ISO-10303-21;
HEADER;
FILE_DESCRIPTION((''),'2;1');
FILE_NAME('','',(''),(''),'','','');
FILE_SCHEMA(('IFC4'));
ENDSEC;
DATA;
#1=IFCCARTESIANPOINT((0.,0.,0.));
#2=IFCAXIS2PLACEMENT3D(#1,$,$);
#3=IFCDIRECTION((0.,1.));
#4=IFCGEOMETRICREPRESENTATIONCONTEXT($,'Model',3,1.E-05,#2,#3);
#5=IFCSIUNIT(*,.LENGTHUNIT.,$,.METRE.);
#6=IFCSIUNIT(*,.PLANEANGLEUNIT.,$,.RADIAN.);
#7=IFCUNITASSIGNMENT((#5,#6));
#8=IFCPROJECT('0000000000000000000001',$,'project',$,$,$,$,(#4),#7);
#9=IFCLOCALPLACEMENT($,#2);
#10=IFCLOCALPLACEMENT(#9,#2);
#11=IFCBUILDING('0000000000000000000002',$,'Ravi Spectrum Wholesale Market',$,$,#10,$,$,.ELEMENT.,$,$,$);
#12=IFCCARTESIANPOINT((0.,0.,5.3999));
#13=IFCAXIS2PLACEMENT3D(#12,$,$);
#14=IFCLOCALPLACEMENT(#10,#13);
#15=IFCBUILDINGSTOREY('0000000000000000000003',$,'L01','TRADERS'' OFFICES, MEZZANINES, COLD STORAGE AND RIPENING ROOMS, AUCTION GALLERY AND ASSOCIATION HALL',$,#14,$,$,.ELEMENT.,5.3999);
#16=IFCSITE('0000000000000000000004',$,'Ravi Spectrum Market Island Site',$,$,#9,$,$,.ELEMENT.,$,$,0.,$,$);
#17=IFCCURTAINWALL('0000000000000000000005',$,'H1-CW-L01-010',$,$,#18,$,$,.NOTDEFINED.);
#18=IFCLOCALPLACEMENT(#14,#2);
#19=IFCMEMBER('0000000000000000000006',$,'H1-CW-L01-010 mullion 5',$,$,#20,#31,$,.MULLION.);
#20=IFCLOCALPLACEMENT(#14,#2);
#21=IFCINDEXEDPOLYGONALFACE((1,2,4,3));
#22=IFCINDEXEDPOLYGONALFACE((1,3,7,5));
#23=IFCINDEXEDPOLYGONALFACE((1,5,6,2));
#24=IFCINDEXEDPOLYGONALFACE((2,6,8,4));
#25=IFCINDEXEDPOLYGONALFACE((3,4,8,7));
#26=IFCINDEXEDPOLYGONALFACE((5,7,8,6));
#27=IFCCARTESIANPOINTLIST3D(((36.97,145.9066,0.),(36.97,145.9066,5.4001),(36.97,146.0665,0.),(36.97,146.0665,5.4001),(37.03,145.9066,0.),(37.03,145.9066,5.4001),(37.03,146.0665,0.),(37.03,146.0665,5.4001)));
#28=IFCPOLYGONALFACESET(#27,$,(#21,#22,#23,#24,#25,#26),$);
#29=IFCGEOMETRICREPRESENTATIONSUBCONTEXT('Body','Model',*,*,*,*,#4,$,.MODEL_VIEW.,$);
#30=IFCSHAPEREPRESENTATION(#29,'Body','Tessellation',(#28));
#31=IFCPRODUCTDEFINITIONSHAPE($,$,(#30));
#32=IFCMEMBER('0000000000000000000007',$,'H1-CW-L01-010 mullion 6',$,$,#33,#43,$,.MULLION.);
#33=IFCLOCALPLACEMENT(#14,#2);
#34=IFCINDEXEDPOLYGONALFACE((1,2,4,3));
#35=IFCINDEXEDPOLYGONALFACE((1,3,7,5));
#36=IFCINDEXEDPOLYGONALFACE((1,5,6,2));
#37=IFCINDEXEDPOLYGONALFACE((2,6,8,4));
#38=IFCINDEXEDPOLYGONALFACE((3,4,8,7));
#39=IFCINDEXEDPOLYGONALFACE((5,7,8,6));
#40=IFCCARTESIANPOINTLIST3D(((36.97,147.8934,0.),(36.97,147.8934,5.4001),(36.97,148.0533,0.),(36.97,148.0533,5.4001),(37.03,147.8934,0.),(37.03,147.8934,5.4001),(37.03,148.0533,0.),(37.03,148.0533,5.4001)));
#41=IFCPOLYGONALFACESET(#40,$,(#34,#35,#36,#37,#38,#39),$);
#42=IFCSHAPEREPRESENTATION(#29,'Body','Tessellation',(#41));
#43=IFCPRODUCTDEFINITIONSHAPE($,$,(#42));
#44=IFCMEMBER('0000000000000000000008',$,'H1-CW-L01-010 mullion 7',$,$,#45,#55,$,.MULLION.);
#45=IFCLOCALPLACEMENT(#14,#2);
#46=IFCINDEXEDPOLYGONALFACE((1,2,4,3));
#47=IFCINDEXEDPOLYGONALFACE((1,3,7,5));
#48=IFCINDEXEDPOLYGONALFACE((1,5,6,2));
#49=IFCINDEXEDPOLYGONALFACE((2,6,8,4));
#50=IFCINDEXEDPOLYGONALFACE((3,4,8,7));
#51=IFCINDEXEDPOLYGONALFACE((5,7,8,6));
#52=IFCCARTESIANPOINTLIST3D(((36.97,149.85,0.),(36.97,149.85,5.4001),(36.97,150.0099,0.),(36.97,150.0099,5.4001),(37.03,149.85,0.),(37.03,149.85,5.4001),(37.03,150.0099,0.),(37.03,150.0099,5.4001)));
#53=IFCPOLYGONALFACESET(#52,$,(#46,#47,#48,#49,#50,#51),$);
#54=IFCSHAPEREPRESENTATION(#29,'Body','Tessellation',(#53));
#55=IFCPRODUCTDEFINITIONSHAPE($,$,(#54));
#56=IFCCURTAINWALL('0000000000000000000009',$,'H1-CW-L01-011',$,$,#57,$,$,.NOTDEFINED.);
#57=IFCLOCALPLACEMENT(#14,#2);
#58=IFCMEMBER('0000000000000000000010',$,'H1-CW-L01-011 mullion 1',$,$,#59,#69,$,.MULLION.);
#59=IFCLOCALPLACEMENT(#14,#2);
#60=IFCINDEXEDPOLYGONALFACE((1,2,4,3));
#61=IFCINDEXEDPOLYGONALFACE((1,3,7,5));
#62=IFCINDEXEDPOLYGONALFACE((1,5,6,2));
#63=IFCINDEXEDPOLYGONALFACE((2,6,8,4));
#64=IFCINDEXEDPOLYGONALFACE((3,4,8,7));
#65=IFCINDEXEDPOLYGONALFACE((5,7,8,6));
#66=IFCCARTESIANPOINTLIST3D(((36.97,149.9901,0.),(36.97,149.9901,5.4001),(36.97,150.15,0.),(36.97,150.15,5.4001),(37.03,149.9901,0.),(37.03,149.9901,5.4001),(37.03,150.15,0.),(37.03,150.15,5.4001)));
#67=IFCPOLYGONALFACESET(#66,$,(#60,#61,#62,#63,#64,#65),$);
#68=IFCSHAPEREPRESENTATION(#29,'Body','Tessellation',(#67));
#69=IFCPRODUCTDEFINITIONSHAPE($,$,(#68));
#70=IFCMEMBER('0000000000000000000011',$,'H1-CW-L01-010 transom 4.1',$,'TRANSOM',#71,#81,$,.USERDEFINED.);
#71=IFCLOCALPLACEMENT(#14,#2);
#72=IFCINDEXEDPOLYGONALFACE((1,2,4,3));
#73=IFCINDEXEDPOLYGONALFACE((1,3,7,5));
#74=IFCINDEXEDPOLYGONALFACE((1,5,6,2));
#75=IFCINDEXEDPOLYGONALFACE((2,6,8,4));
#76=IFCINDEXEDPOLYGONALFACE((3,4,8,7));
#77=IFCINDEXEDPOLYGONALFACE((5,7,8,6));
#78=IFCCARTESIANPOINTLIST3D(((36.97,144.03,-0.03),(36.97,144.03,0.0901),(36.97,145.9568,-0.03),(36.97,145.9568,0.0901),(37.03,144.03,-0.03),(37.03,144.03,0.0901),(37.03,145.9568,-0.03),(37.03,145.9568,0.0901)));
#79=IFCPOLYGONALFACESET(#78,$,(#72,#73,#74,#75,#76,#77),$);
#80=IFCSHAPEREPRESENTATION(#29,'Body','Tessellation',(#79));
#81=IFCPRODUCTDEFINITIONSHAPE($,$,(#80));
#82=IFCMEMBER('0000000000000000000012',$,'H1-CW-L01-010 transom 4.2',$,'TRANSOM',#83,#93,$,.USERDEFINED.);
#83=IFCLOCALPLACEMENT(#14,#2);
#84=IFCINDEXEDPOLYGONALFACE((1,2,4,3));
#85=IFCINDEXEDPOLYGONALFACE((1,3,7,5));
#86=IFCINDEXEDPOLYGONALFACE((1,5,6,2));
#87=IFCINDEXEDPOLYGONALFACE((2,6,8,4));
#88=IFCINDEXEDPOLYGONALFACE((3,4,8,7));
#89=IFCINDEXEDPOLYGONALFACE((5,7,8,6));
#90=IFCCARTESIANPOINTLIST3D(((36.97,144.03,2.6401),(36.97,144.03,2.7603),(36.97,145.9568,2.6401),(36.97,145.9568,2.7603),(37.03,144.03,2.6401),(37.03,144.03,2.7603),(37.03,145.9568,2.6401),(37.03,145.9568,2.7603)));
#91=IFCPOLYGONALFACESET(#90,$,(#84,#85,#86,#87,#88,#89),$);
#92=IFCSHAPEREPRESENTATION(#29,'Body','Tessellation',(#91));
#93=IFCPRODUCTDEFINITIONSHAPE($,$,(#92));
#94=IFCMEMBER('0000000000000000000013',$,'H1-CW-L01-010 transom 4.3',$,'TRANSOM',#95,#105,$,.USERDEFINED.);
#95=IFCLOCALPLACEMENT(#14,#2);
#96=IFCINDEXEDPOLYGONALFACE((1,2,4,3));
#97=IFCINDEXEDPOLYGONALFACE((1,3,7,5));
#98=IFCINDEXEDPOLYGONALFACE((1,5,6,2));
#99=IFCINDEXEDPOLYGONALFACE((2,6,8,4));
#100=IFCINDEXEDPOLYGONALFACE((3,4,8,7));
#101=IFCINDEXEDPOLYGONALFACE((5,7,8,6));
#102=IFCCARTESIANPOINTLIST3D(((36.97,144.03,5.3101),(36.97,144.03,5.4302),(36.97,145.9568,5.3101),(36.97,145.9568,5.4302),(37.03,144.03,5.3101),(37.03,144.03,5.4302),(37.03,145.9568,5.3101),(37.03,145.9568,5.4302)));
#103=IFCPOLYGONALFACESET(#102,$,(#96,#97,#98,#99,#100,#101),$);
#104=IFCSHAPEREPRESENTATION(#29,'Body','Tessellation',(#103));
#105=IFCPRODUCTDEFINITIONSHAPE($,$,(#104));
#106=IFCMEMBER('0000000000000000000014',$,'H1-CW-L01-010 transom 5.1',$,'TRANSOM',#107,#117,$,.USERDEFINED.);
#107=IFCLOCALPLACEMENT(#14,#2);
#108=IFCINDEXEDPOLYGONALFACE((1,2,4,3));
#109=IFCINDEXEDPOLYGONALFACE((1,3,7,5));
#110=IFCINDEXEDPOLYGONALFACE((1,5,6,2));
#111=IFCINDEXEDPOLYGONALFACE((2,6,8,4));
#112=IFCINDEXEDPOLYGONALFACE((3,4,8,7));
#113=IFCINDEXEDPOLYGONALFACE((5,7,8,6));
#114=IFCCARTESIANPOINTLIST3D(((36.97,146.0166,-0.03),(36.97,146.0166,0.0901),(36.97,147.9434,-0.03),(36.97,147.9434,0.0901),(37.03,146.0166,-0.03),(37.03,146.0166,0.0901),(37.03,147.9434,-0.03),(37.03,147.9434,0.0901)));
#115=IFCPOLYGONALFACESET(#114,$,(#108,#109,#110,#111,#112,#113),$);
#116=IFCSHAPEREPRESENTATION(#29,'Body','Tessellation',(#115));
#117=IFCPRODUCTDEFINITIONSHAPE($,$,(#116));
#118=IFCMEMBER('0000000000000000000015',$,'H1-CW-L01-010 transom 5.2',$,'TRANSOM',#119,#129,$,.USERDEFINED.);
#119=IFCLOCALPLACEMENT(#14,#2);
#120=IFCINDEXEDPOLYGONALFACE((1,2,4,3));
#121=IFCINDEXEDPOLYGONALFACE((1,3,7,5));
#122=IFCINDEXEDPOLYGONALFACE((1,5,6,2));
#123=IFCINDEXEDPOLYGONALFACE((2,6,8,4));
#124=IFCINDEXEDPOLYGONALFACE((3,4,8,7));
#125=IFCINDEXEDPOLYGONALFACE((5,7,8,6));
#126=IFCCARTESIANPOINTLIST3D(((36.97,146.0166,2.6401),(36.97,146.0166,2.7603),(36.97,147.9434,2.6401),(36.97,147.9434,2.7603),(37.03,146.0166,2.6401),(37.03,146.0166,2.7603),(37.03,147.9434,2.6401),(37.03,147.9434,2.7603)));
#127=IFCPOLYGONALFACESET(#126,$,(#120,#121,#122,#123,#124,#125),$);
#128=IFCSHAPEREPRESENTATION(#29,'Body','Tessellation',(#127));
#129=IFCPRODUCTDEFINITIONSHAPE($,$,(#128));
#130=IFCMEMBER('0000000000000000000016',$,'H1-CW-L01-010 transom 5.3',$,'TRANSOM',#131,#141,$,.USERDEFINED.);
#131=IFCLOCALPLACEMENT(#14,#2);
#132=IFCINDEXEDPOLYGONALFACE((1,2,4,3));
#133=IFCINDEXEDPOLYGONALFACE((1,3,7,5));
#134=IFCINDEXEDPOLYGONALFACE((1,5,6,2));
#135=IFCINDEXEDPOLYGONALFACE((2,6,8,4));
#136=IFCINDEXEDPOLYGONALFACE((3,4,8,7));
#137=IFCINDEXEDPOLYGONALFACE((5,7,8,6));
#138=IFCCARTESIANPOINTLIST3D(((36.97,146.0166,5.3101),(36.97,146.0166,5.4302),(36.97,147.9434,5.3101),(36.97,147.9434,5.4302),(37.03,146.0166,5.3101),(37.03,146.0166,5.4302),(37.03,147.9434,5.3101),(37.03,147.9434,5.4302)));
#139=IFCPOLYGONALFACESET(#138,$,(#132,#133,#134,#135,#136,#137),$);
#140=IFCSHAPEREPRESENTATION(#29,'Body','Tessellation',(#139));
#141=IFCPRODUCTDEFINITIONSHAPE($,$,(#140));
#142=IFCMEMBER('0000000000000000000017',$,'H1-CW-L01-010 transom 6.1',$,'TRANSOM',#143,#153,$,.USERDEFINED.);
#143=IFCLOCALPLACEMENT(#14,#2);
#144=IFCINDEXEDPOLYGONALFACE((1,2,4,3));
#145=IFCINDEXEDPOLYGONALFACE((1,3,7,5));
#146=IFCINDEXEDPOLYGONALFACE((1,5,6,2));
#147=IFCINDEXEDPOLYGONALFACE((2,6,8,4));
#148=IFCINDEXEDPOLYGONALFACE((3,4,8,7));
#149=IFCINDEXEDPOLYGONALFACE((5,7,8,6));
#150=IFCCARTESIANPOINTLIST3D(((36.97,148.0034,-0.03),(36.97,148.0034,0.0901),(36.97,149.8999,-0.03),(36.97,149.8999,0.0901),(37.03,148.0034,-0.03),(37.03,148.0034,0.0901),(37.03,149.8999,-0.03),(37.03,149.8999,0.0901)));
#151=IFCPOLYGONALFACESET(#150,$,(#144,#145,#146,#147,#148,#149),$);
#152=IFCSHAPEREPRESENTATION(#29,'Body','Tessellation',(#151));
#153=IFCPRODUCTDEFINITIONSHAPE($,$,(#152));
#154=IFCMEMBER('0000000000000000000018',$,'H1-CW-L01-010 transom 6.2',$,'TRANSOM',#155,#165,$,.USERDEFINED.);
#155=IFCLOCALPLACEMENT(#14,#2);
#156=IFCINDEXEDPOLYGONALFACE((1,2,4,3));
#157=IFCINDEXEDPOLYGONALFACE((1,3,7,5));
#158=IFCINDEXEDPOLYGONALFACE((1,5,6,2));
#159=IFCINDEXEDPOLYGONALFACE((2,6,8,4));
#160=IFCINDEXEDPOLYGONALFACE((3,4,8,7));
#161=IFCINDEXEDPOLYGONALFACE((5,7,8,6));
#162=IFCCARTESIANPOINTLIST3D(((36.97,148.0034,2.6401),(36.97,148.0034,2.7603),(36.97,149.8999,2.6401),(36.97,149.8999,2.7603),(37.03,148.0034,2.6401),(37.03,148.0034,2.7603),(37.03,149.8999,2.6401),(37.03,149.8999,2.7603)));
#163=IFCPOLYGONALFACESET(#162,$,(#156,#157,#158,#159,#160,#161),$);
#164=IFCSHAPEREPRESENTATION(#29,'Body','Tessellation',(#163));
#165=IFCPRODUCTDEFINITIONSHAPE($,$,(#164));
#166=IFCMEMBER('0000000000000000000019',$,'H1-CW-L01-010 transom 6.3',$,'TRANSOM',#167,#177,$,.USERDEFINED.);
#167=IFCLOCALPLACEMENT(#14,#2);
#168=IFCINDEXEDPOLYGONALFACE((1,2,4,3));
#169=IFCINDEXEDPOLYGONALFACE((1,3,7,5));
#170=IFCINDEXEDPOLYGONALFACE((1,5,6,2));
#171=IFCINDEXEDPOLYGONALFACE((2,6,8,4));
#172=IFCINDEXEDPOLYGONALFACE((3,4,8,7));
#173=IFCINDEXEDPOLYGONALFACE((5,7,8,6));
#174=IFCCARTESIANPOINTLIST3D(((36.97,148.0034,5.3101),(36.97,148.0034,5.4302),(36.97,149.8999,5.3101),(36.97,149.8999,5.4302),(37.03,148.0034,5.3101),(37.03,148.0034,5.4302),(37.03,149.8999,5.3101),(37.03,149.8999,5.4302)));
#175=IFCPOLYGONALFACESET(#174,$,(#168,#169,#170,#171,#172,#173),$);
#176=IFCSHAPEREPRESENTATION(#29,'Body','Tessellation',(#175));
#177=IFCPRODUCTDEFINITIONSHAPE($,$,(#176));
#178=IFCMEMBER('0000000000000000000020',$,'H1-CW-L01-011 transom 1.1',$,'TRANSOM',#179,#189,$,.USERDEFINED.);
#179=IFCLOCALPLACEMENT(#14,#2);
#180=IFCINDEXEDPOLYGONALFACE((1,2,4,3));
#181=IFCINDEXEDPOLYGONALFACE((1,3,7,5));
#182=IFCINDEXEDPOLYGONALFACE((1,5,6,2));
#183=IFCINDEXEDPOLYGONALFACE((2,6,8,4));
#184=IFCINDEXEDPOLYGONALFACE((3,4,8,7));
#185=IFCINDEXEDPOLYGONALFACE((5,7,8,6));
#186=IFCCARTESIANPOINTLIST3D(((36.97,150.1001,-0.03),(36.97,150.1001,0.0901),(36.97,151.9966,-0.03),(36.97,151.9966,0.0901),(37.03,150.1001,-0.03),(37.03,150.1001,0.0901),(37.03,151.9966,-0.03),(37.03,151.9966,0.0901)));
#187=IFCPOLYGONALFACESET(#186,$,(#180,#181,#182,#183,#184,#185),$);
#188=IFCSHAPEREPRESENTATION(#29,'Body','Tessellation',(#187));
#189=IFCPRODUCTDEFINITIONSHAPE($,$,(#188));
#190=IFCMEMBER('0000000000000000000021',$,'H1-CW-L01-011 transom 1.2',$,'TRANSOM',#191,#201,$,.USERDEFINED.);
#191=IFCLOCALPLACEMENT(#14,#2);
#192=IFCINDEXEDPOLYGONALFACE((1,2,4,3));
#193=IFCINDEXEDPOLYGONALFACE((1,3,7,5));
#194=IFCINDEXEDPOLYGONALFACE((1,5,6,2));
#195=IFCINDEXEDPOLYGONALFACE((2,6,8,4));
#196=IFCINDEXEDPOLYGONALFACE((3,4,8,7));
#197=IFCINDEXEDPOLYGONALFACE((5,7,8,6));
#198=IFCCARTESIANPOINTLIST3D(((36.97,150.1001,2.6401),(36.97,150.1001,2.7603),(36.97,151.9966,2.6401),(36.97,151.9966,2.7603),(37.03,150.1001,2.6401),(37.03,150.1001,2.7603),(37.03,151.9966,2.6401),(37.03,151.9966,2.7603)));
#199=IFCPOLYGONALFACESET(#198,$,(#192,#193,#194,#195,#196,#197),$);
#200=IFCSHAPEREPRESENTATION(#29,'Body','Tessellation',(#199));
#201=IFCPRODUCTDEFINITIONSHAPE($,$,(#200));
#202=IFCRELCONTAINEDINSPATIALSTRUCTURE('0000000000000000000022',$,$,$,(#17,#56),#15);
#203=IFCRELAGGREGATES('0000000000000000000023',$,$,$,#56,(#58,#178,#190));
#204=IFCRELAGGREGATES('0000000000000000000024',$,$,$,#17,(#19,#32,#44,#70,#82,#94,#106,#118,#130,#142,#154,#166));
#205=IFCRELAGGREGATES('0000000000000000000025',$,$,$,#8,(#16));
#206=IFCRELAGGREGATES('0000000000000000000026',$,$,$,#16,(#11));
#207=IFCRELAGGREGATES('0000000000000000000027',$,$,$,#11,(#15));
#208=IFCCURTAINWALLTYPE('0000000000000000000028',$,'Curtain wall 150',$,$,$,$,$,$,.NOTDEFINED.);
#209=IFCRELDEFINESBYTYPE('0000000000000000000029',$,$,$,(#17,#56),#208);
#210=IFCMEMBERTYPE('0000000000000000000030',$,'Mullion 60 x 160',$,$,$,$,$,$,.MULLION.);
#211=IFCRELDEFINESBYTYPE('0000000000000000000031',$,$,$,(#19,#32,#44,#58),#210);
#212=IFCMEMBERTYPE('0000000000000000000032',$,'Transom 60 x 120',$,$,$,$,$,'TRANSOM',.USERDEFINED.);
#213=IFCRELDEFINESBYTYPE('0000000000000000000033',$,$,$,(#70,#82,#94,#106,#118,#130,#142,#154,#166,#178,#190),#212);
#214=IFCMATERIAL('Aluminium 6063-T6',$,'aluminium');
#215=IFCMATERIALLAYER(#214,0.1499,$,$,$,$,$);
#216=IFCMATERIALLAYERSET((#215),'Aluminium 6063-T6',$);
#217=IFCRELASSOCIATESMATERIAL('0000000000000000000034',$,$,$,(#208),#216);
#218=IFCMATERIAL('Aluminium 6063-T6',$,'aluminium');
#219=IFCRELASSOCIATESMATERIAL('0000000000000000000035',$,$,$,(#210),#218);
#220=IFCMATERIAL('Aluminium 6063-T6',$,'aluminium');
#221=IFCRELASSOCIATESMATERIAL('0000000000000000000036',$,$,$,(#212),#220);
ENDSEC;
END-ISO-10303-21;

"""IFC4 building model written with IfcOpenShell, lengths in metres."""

from ifc_helpers import new_model, si_unit, direction, frame, origin, origin_2d, place, context, subcontext, project, spatial, rectangle, extrude, material, layer, layer_set, material_profile, profile_set, type_object, element, aggregate, save


model = new_model("IFC4")

# Units and contexts
model_context = context("Model", 3, precision=1e-05, world=origin(), true_north=direction((0.0, 1.0)))
body_context = subcontext(model_context, "Body", "Model", "MODEL_VIEW")
ifc_project = project(units=[si_unit("LENGTHUNIT", "METRE"), si_unit("PLANEANGLEUNIT", "RADIAN")], contexts=[model_context])

# Site, building, storey
site_placement = place(None, origin())
site = spatial("IfcSite", under=ifc_project, at=site_placement, Name="Ravi Spectrum Market Island Site", CompositionType="ELEMENT", RefElevation=0.0)
building_placement = place(site_placement, origin())
building = spatial("IfcBuilding", under=site, at=building_placement, Name="Ravi Spectrum Wholesale Market", CompositionType="ELEMENT")
storey_placement = place(building_placement, frame((0.0, 0.0, 5.3999)))
storey = spatial("IfcBuildingStorey", under=building, at=storey_placement, Name="L01", Description="TRADERS' OFFICES, MEZZANINES, COLD STORAGE AND RIPENING ROOMS, AUCTION GALLERY AND ASSOCIATION HALL", CompositionType="ELEMENT", Elevation=5.3999)

# Curtain wall, members
ifc_material_1 = material(Name="Aluminium 6063-T6", Category="aluminium")
ifc_layer_1 = layer(ifc_material_1, 0.1499)
ifc_layer_set_1 = layer_set([ifc_layer_1], Name="Aluminium 6063-T6")
curtain_wall_type = type_object("IfcCurtainWallType", Name="Curtain wall 150", PredefinedType="NOTDEFINED", material=ifc_layer_set_1)
curtain_wall_1_placement = place(storey_placement, origin())
curtain_wall_1 = element("IfcCurtainWall", 1, at=curtain_wall_1_placement, inside=storey, type_object=curtain_wall_type, Name="H1-CW-L01-010", PredefinedType="NOTDEFINED")
ifc_material_2 = material(Name="Aluminium 6063-T6", Category="aluminium")
ifc_material_profile_1 = material_profile(ifc_material_2, rectangle(XDim=0.0601, YDim=0.1599, at=origin_2d()))
ifc_profile_set_1 = profile_set([ifc_material_profile_1], Name="Aluminium 6063-T6")
member_type_1 = type_object("IfcMemberType", Name="Mullion 60 x 160", PredefinedType="MULLION", material=ifc_profile_set_1)
member_1_placement = place(storey_placement, frame((37.0, 145.9866, 0.0), z_axis=(0.0, 0.0, 1.0), x_axis=(-1.0, 0.0, 0.0)))
member_1 = element("IfcMember", 2, at=member_1_placement, type_object=member_type_1, Name="H1-CW-L01-010 mullion 5", PredefinedType="MULLION", context=body_context, shape_type="SweptSolid", body=[
    extrude(rectangle(XDim=0.0601, YDim=0.1599, at=origin_2d()), origin(), (0.0, 0.0, 1.0), 5.4001),
])
member_2_placement = place(storey_placement, frame((37.0, 147.9734, 0.0), z_axis=(0.0, 0.0, 1.0), x_axis=(-1.0, 0.0, 0.0)))
member_2 = element("IfcMember", 3, at=member_2_placement, type_object=member_type_1, Name="H1-CW-L01-010 mullion 6", PredefinedType="MULLION", context=body_context, shape_type="SweptSolid", body=[
    extrude(rectangle(XDim=0.0601, YDim=0.1599, at=origin_2d()), origin(), (0.0, 0.0, 1.0), 5.4001),
])
member_3_placement = place(storey_placement, frame((37.0, 149.9299, 0.0), z_axis=(0.0, 0.0, 1.0), x_axis=(-1.0, 0.0, 0.0)))
member_3 = element("IfcMember", 4, at=member_3_placement, type_object=member_type_1, Name="H1-CW-L01-010 mullion 7", PredefinedType="MULLION", context=body_context, shape_type="SweptSolid", body=[
    extrude(rectangle(XDim=0.0601, YDim=0.1599, at=origin_2d()), origin(), (0.0, 0.0, 1.0), 5.4001),
])

# Curtain wall, member
curtain_wall_2_placement = place(storey_placement, origin())
curtain_wall_2 = element("IfcCurtainWall", 5, at=curtain_wall_2_placement, inside=storey, type_object=curtain_wall_type, Name="H1-CW-L01-011", PredefinedType="NOTDEFINED")
member_4_placement = place(storey_placement, frame((37.0, 150.0701, 0.0), z_axis=(0.0, 0.0, 1.0), x_axis=(-1.0, 0.0, 0.0)))
member_4 = element("IfcMember", 6, at=member_4_placement, type_object=member_type_1, Name="H1-CW-L01-011 mullion 1", PredefinedType="MULLION", context=body_context, shape_type="SweptSolid", body=[
    extrude(rectangle(XDim=0.0601, YDim=0.1599, at=origin_2d()), origin(), (0.0, 0.0, 1.0), 5.4001),
])

# Members
ifc_material_3 = material(Name="Aluminium 6063-T6", Category="aluminium")
ifc_material_profile_2 = material_profile(ifc_material_3, rectangle(XDim=0.0601, YDim=0.1201, at=origin_2d()))
ifc_profile_set_2 = profile_set([ifc_material_profile_2], Name="Aluminium 6063-T6")
member_type_2 = type_object("IfcMemberType", Name="Transom 60 x 120", ElementType="TRANSOM", PredefinedType="USERDEFINED", material=ifc_profile_set_2)
member_5_placement = place(storey_placement, frame((37.0, 144.03, 0.03), z_axis=(0.0, 1.0, 0.0), x_axis=(-1.0, 0.0, 0.0)))
member_5 = element("IfcMember", 7, at=member_5_placement, type_object=member_type_2, Name="H1-CW-L01-010 transom 4.1", ObjectType="TRANSOM", PredefinedType="USERDEFINED", context=body_context, shape_type="SweptSolid", body=[
    extrude(rectangle(XDim=0.0601, YDim=0.1201, at=origin_2d()), origin(), (0.0, 0.0, 1.0), 1.9268),
])
member_6_placement = place(storey_placement, frame((37.0, 144.03, 2.7002), z_axis=(0.0, 1.0, 0.0), x_axis=(-1.0, 0.0, 0.0)))
member_6 = element("IfcMember", 8, at=member_6_placement, type_object=member_type_2, Name="H1-CW-L01-010 transom 4.2", ObjectType="TRANSOM", PredefinedType="USERDEFINED", context=body_context, shape_type="SweptSolid", body=[
    extrude(rectangle(XDim=0.0601, YDim=0.1201, at=origin_2d()), origin(), (0.0, 0.0, 1.0), 1.9268),
])
member_7_placement = place(storey_placement, frame((37.0, 144.03, 5.3701), z_axis=(0.0, 1.0, 0.0), x_axis=(-1.0, 0.0, 0.0)))
member_7 = element("IfcMember", 9, at=member_7_placement, type_object=member_type_2, Name="H1-CW-L01-010 transom 4.3", ObjectType="TRANSOM", PredefinedType="USERDEFINED", context=body_context, shape_type="SweptSolid", body=[
    extrude(rectangle(XDim=0.0601, YDim=0.1201, at=origin_2d()), origin(), (0.0, 0.0, 1.0), 1.9268),
])
member_8_placement = place(storey_placement, frame((37.0, 146.0166, 0.03), z_axis=(0.0, 1.0, 0.0), x_axis=(-1.0, 0.0, 0.0)))
member_8 = element("IfcMember", 10, at=member_8_placement, type_object=member_type_2, Name="H1-CW-L01-010 transom 5.1", ObjectType="TRANSOM", PredefinedType="USERDEFINED", context=body_context, shape_type="SweptSolid", body=[
    extrude(rectangle(XDim=0.0601, YDim=0.1201, at=origin_2d()), origin(), (0.0, 0.0, 1.0), 1.9268),
])
member_9_placement = place(storey_placement, frame((37.0, 146.0166, 2.7002), z_axis=(0.0, 1.0, 0.0), x_axis=(-1.0, 0.0, 0.0)))
member_9 = element("IfcMember", 11, at=member_9_placement, type_object=member_type_2, Name="H1-CW-L01-010 transom 5.2", ObjectType="TRANSOM", PredefinedType="USERDEFINED", context=body_context, shape_type="SweptSolid", body=[
    extrude(rectangle(XDim=0.0601, YDim=0.1201, at=origin_2d()), origin(), (0.0, 0.0, 1.0), 1.9268),
])
member_10_placement = place(storey_placement, frame((37.0, 146.0166, 5.3701), z_axis=(0.0, 1.0, 0.0), x_axis=(-1.0, 0.0, 0.0)))
member_10 = element("IfcMember", 12, at=member_10_placement, type_object=member_type_2, Name="H1-CW-L01-010 transom 5.3", ObjectType="TRANSOM", PredefinedType="USERDEFINED", context=body_context, shape_type="SweptSolid", body=[
    extrude(rectangle(XDim=0.0601, YDim=0.1201, at=origin_2d()), origin(), (0.0, 0.0, 1.0), 1.9268),
])
member_11_placement = place(storey_placement, frame((37.0, 148.0034, 0.03), z_axis=(0.0, 1.0, 0.0), x_axis=(-1.0, 0.0, 0.0)))
member_11 = element("IfcMember", 13, at=member_11_placement, type_object=member_type_2, Name="H1-CW-L01-010 transom 6.1", ObjectType="TRANSOM", PredefinedType="USERDEFINED", context=body_context, shape_type="SweptSolid", body=[
    extrude(rectangle(XDim=0.0601, YDim=0.1201, at=origin_2d()), origin(), (0.0, 0.0, 1.0), 1.8965),
])
member_12_placement = place(storey_placement, frame((37.0, 148.0034, 2.7002), z_axis=(0.0, 1.0, 0.0), x_axis=(-1.0, 0.0, 0.0)))
member_12 = element("IfcMember", 14, at=member_12_placement, type_object=member_type_2, Name="H1-CW-L01-010 transom 6.2", ObjectType="TRANSOM", PredefinedType="USERDEFINED", context=body_context, shape_type="SweptSolid", body=[
    extrude(rectangle(XDim=0.0601, YDim=0.1201, at=origin_2d()), origin(), (0.0, 0.0, 1.0), 1.8965),
])
member_13_placement = place(storey_placement, frame((37.0, 148.0034, 5.3701), z_axis=(0.0, 1.0, 0.0), x_axis=(-1.0, 0.0, 0.0)))
member_13 = element("IfcMember", 15, at=member_13_placement, type_object=member_type_2, Name="H1-CW-L01-010 transom 6.3", ObjectType="TRANSOM", PredefinedType="USERDEFINED", context=body_context, shape_type="SweptSolid", body=[
    extrude(rectangle(XDim=0.0601, YDim=0.1201, at=origin_2d()), origin(), (0.0, 0.0, 1.0), 1.8965),
])
member_14_placement = place(storey_placement, frame((37.0, 150.1001, 0.03), z_axis=(0.0, 1.0, 0.0), x_axis=(-1.0, 0.0, 0.0)))
member_14 = element("IfcMember", 16, at=member_14_placement, type_object=member_type_2, Name="H1-CW-L01-011 transom 1.1", ObjectType="TRANSOM", PredefinedType="USERDEFINED", context=body_context, shape_type="SweptSolid", body=[
    extrude(rectangle(XDim=0.0601, YDim=0.1201, at=origin_2d()), origin(), (0.0, 0.0, 1.0), 1.8965),
])
member_15_placement = place(storey_placement, frame((37.0, 150.1001, 2.7002), z_axis=(0.0, 1.0, 0.0), x_axis=(-1.0, 0.0, 0.0)))
member_15 = element("IfcMember", 17, at=member_15_placement, type_object=member_type_2, Name="H1-CW-L01-011 transom 1.2", ObjectType="TRANSOM", PredefinedType="USERDEFINED", context=body_context, shape_type="SweptSolid", body=[
    extrude(rectangle(XDim=0.0601, YDim=0.1201, at=origin_2d()), origin(), (0.0, 0.0, 1.0), 1.8965),
])
aggregate(curtain_wall_2, [member_4, member_14, member_15])

aggregate(curtain_wall_1, [member_1, member_2, member_3, member_5, member_6, member_7, member_8, member_9, member_10, member_11, member_12, member_13])

save(model, "model.ifc")
